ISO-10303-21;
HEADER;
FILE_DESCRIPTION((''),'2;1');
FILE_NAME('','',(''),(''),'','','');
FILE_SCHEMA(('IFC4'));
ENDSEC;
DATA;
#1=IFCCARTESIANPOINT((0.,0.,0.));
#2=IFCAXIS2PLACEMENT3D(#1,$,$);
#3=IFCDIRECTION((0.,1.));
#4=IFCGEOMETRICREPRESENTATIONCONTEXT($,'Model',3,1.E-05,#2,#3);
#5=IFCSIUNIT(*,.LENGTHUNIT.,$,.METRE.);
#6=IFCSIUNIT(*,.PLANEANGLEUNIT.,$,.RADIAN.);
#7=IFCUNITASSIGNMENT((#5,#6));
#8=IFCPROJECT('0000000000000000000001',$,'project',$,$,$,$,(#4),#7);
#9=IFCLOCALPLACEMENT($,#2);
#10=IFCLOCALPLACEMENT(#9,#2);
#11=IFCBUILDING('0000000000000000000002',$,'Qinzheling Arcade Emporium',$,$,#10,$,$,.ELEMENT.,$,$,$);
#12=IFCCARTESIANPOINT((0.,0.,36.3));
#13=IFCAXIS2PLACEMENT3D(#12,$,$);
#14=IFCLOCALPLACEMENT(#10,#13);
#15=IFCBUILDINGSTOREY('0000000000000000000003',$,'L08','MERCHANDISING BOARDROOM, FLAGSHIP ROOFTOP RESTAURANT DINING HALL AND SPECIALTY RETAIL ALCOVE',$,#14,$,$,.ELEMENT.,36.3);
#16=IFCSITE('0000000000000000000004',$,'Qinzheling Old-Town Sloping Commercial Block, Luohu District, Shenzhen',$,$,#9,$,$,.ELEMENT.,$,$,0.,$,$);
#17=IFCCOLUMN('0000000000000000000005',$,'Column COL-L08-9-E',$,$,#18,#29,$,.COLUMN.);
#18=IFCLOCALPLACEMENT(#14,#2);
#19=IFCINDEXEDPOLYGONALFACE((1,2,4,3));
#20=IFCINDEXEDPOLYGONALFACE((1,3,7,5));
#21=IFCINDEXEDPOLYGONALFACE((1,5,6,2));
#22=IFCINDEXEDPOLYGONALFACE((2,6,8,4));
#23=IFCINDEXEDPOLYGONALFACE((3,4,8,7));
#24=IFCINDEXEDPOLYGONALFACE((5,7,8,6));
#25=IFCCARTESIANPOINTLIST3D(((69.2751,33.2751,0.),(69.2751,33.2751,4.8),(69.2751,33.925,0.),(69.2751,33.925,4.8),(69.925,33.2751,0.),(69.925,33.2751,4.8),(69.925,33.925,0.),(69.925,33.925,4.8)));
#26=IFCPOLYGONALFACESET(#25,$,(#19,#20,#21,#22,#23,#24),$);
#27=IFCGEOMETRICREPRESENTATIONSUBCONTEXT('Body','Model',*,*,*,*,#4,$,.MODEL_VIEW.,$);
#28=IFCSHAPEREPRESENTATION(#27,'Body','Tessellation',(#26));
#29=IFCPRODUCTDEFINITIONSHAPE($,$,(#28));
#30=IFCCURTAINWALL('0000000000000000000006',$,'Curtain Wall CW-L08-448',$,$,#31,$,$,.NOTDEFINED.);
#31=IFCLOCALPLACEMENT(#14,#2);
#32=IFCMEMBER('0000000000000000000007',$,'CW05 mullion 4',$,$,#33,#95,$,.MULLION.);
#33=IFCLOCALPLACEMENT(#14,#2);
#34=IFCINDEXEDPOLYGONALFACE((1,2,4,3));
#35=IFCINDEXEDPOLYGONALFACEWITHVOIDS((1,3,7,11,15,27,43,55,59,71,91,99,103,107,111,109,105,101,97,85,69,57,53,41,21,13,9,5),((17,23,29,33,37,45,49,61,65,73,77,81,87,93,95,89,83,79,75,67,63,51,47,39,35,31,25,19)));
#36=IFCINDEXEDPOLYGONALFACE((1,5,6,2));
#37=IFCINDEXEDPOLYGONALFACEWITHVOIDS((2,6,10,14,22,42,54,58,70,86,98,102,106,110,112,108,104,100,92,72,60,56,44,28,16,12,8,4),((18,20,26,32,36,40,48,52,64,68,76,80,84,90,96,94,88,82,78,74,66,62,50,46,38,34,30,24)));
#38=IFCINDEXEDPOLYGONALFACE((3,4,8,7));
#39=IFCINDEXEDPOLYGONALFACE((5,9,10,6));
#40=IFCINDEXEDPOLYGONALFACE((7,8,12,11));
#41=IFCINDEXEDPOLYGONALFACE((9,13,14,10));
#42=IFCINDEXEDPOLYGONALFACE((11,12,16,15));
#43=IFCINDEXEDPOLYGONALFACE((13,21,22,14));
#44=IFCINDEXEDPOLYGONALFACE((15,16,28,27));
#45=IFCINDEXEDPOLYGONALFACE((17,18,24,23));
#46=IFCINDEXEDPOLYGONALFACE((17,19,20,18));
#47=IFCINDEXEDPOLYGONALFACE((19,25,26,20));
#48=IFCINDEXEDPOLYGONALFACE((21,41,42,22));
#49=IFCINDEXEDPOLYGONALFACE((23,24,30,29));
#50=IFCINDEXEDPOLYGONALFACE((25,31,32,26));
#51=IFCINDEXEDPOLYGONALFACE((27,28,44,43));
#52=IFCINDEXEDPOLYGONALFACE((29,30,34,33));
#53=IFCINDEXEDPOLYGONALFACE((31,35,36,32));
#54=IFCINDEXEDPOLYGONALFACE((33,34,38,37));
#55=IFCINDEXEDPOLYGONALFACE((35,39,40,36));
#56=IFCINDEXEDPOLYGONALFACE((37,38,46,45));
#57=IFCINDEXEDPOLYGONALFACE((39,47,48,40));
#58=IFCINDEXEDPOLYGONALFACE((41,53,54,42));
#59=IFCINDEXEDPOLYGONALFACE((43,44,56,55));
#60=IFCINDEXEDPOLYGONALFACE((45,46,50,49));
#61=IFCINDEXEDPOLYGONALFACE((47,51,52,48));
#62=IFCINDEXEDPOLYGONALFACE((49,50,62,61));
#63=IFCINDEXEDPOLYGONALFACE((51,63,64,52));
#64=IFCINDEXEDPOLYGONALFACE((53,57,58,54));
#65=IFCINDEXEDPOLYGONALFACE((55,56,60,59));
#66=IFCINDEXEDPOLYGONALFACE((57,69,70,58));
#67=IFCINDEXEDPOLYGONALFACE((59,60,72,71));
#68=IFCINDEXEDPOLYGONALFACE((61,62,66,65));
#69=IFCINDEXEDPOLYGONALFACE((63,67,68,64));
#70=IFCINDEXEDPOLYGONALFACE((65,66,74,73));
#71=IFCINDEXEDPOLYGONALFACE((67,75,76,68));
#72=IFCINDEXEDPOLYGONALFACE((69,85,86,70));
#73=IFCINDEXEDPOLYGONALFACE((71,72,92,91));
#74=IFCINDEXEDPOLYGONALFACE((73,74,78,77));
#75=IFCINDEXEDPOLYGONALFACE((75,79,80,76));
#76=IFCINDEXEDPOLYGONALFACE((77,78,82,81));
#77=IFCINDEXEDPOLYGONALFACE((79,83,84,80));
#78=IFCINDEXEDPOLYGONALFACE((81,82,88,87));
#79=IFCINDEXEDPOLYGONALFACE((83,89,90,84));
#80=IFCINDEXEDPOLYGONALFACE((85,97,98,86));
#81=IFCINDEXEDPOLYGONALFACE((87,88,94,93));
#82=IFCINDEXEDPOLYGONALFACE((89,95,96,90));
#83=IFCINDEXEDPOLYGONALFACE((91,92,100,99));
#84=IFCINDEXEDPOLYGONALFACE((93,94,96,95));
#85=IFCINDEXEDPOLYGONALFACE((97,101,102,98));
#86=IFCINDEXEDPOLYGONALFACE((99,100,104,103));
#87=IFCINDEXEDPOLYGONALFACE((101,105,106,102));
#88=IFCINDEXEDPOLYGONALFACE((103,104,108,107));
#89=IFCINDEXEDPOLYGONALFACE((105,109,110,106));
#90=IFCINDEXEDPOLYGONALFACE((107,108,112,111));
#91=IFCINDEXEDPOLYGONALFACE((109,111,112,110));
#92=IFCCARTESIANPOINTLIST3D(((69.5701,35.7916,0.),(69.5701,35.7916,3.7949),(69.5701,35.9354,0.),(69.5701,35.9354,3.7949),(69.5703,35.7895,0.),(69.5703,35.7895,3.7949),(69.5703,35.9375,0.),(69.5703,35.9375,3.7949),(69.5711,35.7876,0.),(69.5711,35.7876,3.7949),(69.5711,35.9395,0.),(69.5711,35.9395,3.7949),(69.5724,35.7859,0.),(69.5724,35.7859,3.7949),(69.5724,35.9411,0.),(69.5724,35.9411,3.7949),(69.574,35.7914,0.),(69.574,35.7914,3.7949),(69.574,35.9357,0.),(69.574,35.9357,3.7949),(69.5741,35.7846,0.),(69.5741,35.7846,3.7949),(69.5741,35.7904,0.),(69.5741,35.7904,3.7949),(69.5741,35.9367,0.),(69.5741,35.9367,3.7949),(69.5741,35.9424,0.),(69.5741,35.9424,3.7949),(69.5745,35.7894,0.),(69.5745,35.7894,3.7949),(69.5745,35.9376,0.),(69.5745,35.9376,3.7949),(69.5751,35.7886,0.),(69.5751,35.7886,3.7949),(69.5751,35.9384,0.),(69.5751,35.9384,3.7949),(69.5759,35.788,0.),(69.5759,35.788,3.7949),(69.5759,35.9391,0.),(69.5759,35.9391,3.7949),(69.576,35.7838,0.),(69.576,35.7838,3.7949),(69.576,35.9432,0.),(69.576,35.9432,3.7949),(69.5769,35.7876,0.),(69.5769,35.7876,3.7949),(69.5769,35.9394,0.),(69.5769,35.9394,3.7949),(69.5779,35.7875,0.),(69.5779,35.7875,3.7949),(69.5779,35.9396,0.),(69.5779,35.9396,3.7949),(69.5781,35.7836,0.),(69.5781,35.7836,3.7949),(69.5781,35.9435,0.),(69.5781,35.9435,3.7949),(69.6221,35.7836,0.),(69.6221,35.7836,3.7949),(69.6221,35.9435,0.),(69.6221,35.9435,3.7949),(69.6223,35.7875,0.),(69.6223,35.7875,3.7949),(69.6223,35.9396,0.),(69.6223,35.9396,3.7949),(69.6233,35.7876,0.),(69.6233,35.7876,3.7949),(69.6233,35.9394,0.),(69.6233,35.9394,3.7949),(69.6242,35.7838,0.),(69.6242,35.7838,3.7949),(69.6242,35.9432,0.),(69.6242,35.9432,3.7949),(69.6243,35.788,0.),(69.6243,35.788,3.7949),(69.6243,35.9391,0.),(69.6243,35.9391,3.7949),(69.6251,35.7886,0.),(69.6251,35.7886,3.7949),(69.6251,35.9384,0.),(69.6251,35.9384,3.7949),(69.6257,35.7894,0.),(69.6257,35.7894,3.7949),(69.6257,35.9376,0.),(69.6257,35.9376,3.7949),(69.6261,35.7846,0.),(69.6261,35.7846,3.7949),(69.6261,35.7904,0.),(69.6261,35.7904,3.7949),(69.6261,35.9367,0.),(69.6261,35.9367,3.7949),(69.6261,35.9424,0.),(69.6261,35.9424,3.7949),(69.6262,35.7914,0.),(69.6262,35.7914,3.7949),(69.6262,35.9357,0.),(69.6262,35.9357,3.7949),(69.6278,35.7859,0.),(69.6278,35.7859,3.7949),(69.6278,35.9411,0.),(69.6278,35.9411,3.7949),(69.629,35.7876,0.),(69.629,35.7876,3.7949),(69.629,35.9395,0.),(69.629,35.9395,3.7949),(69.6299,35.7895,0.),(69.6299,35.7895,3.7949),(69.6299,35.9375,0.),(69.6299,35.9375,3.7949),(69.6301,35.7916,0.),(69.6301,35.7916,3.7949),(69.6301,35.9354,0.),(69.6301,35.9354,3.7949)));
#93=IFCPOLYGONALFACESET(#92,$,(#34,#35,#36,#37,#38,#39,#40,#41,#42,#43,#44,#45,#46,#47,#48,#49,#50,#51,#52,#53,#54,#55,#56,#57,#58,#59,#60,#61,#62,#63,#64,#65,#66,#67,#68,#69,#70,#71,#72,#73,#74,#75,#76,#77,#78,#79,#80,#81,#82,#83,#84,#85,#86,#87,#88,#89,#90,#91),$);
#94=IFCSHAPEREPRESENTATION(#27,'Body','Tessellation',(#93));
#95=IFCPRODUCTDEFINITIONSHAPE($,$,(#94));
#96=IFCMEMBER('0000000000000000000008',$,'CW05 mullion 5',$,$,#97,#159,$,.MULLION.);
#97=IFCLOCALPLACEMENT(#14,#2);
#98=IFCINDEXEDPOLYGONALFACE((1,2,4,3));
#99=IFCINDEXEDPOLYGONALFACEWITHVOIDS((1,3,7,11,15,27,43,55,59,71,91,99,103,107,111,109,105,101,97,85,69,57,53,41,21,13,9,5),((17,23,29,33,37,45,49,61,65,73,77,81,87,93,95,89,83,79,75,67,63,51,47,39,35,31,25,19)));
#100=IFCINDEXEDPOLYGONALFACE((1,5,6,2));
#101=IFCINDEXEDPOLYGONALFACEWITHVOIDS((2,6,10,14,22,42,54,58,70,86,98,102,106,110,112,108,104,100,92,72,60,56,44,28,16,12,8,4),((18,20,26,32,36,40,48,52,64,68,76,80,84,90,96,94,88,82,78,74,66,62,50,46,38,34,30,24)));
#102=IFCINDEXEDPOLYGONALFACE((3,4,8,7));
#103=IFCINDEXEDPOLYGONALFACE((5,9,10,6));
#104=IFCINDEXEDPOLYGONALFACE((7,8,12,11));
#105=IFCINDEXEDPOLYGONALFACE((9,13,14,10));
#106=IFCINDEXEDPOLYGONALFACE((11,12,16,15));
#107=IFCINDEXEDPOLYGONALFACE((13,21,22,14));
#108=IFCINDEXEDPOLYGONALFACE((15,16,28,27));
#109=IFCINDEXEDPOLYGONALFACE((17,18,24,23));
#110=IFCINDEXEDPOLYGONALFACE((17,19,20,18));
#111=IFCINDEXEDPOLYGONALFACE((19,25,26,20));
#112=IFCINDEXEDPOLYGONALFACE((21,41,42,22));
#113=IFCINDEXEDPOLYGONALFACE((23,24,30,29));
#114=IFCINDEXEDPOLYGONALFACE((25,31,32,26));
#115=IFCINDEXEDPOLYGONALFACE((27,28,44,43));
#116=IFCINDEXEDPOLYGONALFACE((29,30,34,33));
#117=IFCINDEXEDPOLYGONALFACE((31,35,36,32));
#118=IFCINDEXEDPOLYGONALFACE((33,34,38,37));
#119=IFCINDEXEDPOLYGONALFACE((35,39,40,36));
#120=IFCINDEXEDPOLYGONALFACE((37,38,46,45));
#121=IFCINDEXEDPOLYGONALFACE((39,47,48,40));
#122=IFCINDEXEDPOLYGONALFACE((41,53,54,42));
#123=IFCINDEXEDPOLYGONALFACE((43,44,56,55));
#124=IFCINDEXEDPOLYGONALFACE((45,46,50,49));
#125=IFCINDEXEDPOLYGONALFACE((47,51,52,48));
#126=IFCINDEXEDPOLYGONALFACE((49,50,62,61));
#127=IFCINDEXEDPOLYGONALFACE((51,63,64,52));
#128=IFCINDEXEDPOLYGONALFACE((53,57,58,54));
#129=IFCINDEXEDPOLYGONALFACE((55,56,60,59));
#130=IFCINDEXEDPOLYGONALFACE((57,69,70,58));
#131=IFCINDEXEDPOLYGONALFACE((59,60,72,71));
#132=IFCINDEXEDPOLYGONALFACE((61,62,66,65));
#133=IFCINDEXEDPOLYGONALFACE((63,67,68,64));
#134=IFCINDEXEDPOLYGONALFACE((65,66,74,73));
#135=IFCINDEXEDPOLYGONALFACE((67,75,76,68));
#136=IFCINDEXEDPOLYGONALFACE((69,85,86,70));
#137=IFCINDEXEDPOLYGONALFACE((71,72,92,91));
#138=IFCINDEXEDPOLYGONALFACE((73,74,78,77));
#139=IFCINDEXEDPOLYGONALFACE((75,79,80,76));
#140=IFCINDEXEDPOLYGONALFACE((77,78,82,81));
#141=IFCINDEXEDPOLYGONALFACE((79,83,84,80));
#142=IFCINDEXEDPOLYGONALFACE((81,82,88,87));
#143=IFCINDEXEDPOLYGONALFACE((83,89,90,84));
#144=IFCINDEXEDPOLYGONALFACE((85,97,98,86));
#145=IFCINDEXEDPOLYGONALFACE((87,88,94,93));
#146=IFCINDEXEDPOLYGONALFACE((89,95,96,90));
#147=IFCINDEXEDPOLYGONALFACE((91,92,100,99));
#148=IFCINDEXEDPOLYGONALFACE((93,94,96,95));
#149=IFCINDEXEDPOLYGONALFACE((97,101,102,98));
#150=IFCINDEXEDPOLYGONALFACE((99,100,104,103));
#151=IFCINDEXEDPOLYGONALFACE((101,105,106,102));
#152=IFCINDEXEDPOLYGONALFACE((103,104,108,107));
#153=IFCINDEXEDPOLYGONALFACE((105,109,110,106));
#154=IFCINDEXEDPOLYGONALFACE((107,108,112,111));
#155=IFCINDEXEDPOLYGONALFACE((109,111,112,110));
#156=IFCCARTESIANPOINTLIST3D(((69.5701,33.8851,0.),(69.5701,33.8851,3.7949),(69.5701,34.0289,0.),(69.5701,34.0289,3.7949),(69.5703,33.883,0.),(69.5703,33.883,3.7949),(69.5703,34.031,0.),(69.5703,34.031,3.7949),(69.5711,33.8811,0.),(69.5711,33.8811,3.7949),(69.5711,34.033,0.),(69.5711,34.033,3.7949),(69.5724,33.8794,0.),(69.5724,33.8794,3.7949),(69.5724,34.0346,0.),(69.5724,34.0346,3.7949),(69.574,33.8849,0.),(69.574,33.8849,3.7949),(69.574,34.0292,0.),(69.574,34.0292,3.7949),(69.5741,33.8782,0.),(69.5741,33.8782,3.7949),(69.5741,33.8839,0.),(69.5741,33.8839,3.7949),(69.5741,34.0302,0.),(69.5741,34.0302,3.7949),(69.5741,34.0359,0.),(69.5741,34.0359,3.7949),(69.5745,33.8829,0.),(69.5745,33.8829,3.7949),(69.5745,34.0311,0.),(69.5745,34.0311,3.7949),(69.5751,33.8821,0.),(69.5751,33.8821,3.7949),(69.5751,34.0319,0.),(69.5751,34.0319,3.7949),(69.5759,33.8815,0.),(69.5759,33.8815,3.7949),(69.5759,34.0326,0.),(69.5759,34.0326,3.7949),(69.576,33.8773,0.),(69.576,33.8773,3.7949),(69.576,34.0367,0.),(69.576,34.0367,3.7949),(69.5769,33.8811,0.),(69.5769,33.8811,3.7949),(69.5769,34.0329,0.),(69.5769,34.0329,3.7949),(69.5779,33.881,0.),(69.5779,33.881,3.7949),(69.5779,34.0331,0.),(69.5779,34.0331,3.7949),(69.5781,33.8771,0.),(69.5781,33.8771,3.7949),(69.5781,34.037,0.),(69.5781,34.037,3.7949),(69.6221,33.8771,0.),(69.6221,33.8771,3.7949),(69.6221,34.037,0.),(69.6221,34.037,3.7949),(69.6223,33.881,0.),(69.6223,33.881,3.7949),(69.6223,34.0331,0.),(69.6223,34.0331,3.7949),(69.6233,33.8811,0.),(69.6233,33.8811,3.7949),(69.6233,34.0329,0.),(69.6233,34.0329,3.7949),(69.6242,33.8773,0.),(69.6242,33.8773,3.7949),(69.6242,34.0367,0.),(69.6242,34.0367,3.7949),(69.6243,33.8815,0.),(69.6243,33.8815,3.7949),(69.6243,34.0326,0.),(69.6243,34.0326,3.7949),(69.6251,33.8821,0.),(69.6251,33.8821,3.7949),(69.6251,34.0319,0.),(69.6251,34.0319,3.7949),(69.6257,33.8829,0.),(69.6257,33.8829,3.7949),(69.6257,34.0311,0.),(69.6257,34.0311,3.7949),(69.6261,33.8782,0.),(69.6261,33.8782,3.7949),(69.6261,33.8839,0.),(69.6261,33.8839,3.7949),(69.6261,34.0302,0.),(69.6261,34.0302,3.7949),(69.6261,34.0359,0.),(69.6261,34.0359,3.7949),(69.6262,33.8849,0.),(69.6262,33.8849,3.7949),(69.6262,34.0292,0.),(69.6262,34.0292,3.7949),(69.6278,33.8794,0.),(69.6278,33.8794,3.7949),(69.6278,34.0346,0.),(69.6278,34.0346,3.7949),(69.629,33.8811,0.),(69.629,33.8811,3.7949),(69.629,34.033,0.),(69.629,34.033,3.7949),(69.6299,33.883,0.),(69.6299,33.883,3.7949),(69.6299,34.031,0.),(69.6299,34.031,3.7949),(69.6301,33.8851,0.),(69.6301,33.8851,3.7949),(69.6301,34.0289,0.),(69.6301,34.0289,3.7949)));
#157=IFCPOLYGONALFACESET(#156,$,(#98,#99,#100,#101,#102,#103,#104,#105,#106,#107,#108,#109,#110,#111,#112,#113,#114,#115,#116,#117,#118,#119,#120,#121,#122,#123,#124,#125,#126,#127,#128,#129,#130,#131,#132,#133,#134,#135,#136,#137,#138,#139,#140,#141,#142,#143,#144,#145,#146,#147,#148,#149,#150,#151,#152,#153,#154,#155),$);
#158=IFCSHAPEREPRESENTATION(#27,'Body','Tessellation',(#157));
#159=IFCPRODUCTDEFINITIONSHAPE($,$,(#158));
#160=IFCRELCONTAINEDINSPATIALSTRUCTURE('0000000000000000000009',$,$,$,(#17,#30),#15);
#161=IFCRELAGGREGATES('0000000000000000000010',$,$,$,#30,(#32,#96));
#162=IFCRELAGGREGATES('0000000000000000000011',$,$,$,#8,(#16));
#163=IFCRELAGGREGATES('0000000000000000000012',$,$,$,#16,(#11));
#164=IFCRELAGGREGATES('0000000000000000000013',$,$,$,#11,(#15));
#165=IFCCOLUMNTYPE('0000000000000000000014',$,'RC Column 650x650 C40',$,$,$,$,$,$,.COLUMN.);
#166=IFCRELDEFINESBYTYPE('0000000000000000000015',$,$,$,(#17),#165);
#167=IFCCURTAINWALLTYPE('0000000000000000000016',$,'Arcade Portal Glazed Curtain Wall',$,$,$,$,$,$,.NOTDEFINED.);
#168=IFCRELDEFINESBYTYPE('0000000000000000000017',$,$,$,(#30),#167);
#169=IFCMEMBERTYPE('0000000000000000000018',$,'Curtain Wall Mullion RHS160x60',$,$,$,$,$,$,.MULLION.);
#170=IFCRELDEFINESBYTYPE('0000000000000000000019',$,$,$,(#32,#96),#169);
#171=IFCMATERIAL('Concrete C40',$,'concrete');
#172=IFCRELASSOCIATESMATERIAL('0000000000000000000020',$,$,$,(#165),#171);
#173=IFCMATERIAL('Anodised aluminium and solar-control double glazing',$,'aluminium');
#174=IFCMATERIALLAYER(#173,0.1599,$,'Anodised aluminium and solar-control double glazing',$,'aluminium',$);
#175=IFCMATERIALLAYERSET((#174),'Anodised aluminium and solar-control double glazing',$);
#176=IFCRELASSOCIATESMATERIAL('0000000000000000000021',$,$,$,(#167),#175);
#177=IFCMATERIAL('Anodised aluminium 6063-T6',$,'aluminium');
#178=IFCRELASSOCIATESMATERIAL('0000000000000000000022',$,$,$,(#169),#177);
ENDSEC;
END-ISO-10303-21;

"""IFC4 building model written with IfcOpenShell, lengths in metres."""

from ifc_helpers import new_model, si_unit, direction, frame, origin, origin_2d, place, context, subcontext, project, spatial, rectangle, hollow_rectangle, extrude, material, layer, layer_set, material_profile, profile_set, type_object, element, aggregate, save


model = new_model("IFC4")

# Units and contexts
model_context = context("Model", 3, precision=1e-05, world=origin(), true_north=direction((0.0, 1.0)))
body_context = subcontext(model_context, "Body", "Model", "MODEL_VIEW")
ifc_project = project(units=[si_unit("LENGTHUNIT", "METRE"), si_unit("PLANEANGLEUNIT", "RADIAN")], contexts=[model_context])

# Site, building, storey
site_placement = place(None, origin())
site = spatial("IfcSite", under=ifc_project, at=site_placement, Name="Qinzheling Old-Town Sloping Commercial Block, Luohu District, Shenzhen", CompositionType="ELEMENT", RefElevation=0.0)
building_placement = place(site_placement, origin())
building = spatial("IfcBuilding", under=site, at=building_placement, Name="Qinzheling Arcade Emporium", CompositionType="ELEMENT")
storey_placement = place(building_placement, frame((0.0, 0.0, 36.3)))
storey = spatial("IfcBuildingStorey", under=building, at=storey_placement, Name="L08", Description="MERCHANDISING BOARDROOM, FLAGSHIP ROOFTOP RESTAURANT DINING HALL AND SPECIALTY RETAIL ALCOVE", CompositionType="ELEMENT", Elevation=36.3)

# Column
ifc_material_1 = material(Name="Concrete C40", Category="concrete")
ifc_material_profile_1 = material_profile(ifc_material_1, rectangle(XDim=0.6499, YDim=0.6499, at=origin_2d()), Name="RC 650x650", Category="concrete")
ifc_profile_set_1 = profile_set([ifc_material_profile_1], Name="Concrete C40")
column_type = type_object("IfcColumnType", Name="RC Column 650x650 C40", PredefinedType="COLUMN", material=ifc_profile_set_1)
column_placement = place(storey_placement, frame((69.6001, 33.6001, 0.0), z_axis=(0.0, 0.0, 1.0), x_axis=(1.0, 0.0, 0.0)))
element("IfcColumn", 1, at=column_placement, inside=storey, type_object=column_type, Name="Column COL-L08-9-E", PredefinedType="COLUMN", context=body_context, shape_type="SweptSolid", body=[
    extrude(rectangle(XDim=0.6499, YDim=0.6499, at=origin_2d()), origin(), (0.0, 0.0, 1.0), 4.8),
])

# Curtain wall, members
ifc_material_2 = material(Name="Anodised aluminium and solar-control double glazing", Category="aluminium")
ifc_layer_1 = layer(ifc_material_2, 0.1599, Name="Anodised aluminium and solar-control double glazing", Category="aluminium")
ifc_layer_set_1 = layer_set([ifc_layer_1], Name="Anodised aluminium and solar-control double glazing")
curtain_wall_type = type_object("IfcCurtainWallType", Name="Arcade Portal Glazed Curtain Wall", PredefinedType="NOTDEFINED", material=ifc_layer_set_1)
curtain_wall_1_placement = place(storey_placement, origin())
curtain_wall_1 = element("IfcCurtainWall", 2, at=curtain_wall_1_placement, inside=storey, type_object=curtain_wall_type, Name="Curtain Wall CW-L08-448", PredefinedType="NOTDEFINED")
ifc_material_3 = material(Name="Anodised aluminium 6063-T6", Category="aluminium")
ifc_material_profile_2 = material_profile(ifc_material_3, hollow_rectangle(XDim=0.0601, YDim=0.1599, WallThickness=0.0039, InnerFilletRadius=0.0039, OuterFilletRadius=0.0081, at=origin_2d()), Name="RHS 160x60x4", Category="aluminium")
ifc_profile_set_2 = profile_set([ifc_material_profile_2], Name="Anodised aluminium 6063-T6")
member_type_1 = type_object("IfcMemberType", Name="Curtain Wall Mullion RHS160x60", PredefinedType="MULLION", material=ifc_profile_set_2)
member_1_placement = place(storey_placement, frame((69.6001, 35.8635, 0.0), z_axis=(0.0, 0.0, 1.0), x_axis=(1.0, 0.0, 0.0)))
member_1 = element("IfcMember", 3, at=member_1_placement, type_object=member_type_1, Name="CW05 mullion 4", PredefinedType="MULLION", context=body_context, shape_type="SweptSolid", body=[
    extrude(hollow_rectangle(XDim=0.0601, YDim=0.1599, WallThickness=0.0039, InnerFilletRadius=0.0039, OuterFilletRadius=0.0081, at=origin_2d()), origin(), (0.0, 0.0, 1.0), 3.7949),
])
member_2_placement = place(storey_placement, frame((69.6001, 33.957, 0.0), z_axis=(0.0, 0.0, 1.0), x_axis=(1.0, 0.0, 0.0)))
member_2 = element("IfcMember", 4, at=member_2_placement, type_object=member_type_1, Name="CW05 mullion 5", PredefinedType="MULLION", context=body_context, shape_type="SweptSolid", body=[
    extrude(hollow_rectangle(XDim=0.0601, YDim=0.1599, WallThickness=0.0039, InnerFilletRadius=0.0039, OuterFilletRadius=0.0081, at=origin_2d()), origin(), (0.0, 0.0, 1.0), 3.7949),
])

aggregate(curtain_wall_1, [member_1, member_2])

save(model, "model.ifc")
